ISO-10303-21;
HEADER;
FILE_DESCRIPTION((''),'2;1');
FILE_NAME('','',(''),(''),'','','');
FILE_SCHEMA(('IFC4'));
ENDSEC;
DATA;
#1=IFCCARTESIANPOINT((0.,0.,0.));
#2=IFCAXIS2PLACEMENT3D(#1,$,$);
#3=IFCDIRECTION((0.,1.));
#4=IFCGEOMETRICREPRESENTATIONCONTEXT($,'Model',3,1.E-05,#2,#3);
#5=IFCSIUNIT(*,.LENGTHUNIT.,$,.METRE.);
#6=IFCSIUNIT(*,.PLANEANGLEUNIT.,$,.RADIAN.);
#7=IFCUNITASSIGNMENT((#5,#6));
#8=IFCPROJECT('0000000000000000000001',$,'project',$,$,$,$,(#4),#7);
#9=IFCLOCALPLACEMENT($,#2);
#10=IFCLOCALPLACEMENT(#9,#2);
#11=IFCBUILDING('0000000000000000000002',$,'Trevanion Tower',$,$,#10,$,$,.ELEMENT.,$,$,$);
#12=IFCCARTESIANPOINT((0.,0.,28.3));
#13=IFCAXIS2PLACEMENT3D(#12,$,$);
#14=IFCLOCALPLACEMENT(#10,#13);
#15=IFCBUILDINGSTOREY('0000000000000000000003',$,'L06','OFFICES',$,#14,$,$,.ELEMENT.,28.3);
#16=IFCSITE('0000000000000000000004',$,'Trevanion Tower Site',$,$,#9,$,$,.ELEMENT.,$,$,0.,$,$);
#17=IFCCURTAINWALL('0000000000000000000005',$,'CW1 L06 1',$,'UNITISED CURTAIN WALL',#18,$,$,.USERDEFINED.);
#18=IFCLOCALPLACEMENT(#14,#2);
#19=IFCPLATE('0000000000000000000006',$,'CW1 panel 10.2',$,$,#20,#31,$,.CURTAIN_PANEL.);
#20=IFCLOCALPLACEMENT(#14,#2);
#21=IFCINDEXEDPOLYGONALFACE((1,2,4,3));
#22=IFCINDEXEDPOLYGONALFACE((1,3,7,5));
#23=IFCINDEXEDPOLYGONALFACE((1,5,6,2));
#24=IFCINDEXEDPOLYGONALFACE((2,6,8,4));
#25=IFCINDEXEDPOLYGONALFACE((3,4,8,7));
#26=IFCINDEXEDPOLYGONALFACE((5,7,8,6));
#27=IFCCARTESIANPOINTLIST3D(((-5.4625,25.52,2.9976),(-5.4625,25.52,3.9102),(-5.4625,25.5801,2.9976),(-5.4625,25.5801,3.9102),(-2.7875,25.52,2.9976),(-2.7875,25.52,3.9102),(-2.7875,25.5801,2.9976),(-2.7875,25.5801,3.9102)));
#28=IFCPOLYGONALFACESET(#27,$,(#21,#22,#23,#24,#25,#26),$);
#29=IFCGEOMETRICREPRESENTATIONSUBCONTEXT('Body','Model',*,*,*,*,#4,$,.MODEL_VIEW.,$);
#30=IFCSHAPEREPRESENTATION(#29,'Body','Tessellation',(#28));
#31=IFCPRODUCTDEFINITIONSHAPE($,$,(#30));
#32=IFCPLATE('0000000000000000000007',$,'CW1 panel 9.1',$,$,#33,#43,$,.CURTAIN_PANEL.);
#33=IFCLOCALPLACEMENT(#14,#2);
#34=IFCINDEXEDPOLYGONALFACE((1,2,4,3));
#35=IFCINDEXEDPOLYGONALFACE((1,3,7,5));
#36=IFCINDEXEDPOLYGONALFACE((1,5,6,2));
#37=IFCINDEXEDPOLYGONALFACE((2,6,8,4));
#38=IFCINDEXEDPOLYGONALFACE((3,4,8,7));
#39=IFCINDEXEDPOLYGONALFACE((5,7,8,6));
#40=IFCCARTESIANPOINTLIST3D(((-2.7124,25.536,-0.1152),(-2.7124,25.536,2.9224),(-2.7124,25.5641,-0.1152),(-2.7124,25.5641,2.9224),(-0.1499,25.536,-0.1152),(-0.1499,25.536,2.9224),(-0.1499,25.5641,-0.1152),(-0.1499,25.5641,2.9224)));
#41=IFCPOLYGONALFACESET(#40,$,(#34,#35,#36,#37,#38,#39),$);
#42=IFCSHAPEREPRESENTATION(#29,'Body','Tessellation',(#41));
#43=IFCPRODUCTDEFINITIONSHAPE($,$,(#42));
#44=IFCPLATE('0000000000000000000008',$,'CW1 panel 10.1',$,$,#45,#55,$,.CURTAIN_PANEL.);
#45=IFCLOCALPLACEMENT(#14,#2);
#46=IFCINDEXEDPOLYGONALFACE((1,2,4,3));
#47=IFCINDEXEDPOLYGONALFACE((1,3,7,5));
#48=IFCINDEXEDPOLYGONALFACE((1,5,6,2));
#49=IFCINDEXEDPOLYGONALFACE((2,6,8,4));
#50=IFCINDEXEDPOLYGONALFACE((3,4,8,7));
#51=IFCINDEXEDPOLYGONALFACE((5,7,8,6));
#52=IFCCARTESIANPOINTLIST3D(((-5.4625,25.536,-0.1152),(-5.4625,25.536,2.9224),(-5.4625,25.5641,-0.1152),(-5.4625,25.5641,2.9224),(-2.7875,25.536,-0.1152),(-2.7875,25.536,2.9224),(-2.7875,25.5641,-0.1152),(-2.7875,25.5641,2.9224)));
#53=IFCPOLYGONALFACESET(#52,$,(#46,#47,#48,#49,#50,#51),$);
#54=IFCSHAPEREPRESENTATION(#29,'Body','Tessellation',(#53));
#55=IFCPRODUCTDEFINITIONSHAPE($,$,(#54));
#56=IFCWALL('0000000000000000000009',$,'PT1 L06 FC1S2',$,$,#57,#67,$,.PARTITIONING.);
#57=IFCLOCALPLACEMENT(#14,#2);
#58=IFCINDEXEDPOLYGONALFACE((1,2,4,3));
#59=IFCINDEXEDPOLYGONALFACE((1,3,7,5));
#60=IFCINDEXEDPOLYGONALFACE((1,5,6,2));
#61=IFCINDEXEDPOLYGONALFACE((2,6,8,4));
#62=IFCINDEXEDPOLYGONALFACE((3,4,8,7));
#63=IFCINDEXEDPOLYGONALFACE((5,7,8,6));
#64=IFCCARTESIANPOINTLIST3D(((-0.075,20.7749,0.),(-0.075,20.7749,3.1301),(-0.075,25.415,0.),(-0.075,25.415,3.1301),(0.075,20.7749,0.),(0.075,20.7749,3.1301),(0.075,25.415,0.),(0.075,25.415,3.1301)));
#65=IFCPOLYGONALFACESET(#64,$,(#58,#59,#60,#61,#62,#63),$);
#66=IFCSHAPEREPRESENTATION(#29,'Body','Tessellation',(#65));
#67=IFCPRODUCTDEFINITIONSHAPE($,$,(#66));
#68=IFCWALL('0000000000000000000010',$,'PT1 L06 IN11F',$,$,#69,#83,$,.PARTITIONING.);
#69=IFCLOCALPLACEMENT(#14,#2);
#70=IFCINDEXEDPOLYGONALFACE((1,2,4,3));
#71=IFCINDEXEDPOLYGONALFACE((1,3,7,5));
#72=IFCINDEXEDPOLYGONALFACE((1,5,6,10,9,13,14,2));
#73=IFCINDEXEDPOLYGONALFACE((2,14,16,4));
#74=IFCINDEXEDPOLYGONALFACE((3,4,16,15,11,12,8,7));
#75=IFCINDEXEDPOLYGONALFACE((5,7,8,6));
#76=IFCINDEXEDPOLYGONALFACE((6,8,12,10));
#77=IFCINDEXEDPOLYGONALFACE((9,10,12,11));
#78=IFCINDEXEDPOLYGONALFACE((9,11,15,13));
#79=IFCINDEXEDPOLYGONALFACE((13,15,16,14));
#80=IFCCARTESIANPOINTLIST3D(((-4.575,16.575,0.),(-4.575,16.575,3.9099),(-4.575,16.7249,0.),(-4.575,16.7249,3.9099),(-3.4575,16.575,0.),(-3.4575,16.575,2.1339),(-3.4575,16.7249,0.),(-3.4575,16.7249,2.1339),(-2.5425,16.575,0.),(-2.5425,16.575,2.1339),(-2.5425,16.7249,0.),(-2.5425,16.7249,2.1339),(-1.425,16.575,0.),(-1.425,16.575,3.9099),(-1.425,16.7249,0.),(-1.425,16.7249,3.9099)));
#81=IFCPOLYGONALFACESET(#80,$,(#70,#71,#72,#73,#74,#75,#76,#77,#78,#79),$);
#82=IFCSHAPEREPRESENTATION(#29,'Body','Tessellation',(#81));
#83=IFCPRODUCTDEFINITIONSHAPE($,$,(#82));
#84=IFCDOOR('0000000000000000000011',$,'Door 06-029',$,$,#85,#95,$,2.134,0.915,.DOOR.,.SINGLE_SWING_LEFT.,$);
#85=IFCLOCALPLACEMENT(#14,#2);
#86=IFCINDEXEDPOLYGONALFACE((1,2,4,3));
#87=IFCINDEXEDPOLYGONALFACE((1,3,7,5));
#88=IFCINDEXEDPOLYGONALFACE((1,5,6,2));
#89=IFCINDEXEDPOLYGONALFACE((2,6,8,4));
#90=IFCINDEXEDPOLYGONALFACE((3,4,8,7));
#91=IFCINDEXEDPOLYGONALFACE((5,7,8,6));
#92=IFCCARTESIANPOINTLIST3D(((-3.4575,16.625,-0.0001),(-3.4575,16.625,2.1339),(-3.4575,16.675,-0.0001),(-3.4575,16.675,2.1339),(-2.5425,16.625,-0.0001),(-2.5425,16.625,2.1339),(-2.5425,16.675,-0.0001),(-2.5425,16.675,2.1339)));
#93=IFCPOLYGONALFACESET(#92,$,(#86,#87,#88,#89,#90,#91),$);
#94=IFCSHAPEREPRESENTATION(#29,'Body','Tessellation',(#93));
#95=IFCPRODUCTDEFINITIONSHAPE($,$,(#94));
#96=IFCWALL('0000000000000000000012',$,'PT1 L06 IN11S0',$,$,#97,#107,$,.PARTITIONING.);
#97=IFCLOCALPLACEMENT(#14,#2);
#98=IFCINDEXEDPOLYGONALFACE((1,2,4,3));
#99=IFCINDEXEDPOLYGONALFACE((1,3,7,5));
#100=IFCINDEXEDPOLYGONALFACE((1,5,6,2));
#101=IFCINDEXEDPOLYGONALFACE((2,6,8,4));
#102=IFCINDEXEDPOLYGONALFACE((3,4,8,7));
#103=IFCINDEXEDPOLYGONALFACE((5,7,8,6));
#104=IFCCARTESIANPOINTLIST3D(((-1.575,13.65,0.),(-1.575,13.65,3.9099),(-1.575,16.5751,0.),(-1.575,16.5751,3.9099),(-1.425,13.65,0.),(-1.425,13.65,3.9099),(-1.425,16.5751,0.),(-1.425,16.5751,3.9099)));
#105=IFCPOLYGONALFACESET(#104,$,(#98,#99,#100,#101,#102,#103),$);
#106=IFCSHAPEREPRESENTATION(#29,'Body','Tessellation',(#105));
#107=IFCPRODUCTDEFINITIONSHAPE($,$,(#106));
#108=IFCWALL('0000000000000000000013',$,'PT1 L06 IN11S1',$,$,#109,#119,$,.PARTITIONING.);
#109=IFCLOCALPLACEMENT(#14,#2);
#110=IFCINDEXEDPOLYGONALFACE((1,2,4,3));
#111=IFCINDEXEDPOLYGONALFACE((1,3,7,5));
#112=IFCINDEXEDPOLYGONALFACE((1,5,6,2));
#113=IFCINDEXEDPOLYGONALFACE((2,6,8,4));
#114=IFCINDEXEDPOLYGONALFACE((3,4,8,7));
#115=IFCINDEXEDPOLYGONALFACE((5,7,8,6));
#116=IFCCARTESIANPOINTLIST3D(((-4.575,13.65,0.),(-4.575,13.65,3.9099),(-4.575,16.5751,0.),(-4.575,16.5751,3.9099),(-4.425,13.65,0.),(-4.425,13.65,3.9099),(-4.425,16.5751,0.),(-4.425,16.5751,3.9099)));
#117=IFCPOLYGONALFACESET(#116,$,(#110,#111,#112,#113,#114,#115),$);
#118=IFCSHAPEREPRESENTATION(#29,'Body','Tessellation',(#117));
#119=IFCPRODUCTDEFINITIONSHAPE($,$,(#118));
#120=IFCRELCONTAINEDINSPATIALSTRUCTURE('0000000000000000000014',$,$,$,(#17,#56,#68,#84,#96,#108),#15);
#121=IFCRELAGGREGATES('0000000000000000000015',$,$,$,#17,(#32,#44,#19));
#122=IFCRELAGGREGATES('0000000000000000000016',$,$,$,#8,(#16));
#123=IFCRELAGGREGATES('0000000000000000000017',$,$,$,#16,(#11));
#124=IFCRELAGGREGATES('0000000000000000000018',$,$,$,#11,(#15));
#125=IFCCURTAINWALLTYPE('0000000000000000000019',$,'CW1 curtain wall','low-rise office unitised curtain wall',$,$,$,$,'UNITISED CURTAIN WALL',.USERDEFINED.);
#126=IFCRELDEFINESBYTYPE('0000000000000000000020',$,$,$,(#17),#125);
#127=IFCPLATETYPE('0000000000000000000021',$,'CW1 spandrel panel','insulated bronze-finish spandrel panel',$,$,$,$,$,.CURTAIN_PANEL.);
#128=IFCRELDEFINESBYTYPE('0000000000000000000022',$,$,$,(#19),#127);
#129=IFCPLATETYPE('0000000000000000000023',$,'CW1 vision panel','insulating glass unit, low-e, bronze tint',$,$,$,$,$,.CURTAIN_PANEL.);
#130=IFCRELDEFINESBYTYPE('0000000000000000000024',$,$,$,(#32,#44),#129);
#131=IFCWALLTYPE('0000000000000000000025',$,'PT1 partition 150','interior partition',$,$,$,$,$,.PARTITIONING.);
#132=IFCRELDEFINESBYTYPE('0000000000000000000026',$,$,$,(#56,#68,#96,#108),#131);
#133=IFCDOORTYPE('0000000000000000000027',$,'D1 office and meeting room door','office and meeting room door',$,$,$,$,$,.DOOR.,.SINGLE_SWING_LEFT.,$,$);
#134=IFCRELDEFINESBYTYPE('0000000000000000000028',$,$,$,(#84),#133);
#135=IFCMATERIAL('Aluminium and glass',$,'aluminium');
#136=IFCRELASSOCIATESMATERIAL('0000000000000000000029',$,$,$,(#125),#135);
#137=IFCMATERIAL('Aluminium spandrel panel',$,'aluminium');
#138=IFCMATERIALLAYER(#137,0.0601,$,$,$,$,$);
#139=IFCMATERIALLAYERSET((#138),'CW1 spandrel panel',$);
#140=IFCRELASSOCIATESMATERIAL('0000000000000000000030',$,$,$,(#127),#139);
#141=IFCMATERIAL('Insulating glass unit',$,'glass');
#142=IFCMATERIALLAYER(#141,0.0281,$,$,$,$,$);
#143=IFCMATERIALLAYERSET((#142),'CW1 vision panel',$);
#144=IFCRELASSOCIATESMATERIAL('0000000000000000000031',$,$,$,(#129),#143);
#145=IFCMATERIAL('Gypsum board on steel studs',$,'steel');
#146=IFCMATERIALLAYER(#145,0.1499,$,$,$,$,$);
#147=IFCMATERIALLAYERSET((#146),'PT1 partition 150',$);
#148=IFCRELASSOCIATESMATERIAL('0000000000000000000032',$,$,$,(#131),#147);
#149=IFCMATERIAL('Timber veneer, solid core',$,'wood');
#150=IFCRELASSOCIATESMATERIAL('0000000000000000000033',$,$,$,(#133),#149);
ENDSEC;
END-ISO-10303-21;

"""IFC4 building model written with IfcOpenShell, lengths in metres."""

from ifc_helpers import new_model, si_unit, direction, frame, frame_2d, origin, origin_2d, place, context, subcontext, project, spatial, rectangle, extrude, material, layer, layer_set, type_object, element, fill, aggregate, save


model = new_model("IFC4")

# Units and contexts
model_context = context("Model", 3, precision=1e-05, world=origin(), true_north=direction((0.0, 1.0)))
body_context = subcontext(model_context, "Body", "Model", "MODEL_VIEW")
ifc_project = project(units=[si_unit("LENGTHUNIT", "METRE"), si_unit("PLANEANGLEUNIT", "RADIAN")], contexts=[model_context])

# Site, building, storey
site_placement = place(None, origin())
site = spatial("IfcSite", under=ifc_project, at=site_placement, Name="Trevanion Tower Site", CompositionType="ELEMENT", RefElevation=0.0)
building_placement = place(site_placement, origin())
building = spatial("IfcBuilding", under=site, at=building_placement, Name="Trevanion Tower", CompositionType="ELEMENT")
storey_placement = place(building_placement, frame((0.0, 0.0, 28.3)))
storey = spatial("IfcBuildingStorey", under=building, at=storey_placement, Name="L06", Description="OFFICES", CompositionType="ELEMENT", Elevation=28.3)

# Curtain wall
ifc_material_1 = material(Name="Aluminium and glass", Category="aluminium")
curtain_wall_type = type_object("IfcCurtainWallType", Name="CW1 curtain wall", Description="low-rise office unitised curtain wall", ElementType="UNITISED CURTAIN WALL", PredefinedType="USERDEFINED", material=ifc_material_1)
curtain_wall_placement = place(storey_placement, origin())
curtain_wall = element("IfcCurtainWall", 1, at=curtain_wall_placement, inside=storey, type_object=curtain_wall_type, Name="CW1 L06 1", ObjectType="UNITISED CURTAIN WALL", PredefinedType="USERDEFINED")

# Plates
ifc_material_2 = material(Name="Aluminium spandrel panel", Category="aluminium")
ifc_layer_1 = layer(ifc_material_2, 0.0601)
ifc_layer_set_1 = layer_set([ifc_layer_1], Name="CW1 spandrel panel")
plate_type_1 = type_object("IfcPlateType", Name="CW1 spandrel panel", Description="insulated bronze-finish spandrel panel", PredefinedType="CURTAIN_PANEL", material=ifc_layer_set_1)
plate_1_placement = place(storey_placement, frame((-4.125, 25.55, 2.9976), z_axis=(0.0, 0.0, 1.0), x_axis=(-1.0, 0.0, 0.0)))
plate_1 = element("IfcPlate", 2, at=plate_1_placement, type_object=plate_type_1, Name="CW1 panel 10.2", PredefinedType="CURTAIN_PANEL", context=body_context, shape_type="SweptSolid", body=[
    extrude(rectangle(XDim=2.675, YDim=0.0601, at=origin_2d()), origin(), (0.0, 0.0, 1.0), 0.9126),
])
ifc_material_3 = material(Name="Insulating glass unit", Category="glass")
ifc_layer_2 = layer(ifc_material_3, 0.0281)
ifc_layer_set_2 = layer_set([ifc_layer_2], Name="CW1 vision panel")
plate_type_2 = type_object("IfcPlateType", Name="CW1 vision panel", Description="insulating glass unit, low-e, bronze tint", PredefinedType="CURTAIN_PANEL", material=ifc_layer_set_2)
plate_2_placement = place(storey_placement, frame((-1.4312, 25.55, -0.1152), z_axis=(0.0, 0.0, 1.0), x_axis=(-1.0, 0.0, 0.0)))
plate_2 = element("IfcPlate", 3, at=plate_2_placement, type_object=plate_type_2, Name="CW1 panel 9.1", PredefinedType="CURTAIN_PANEL", context=body_context, shape_type="SweptSolid", body=[
    extrude(rectangle(XDim=2.5625, YDim=0.0281, at=origin_2d()), origin(), (0.0, 0.0, 1.0), 3.0376),
])
plate_3_placement = place(storey_placement, frame((-4.125, 25.55, -0.1152), z_axis=(0.0, 0.0, 1.0), x_axis=(-1.0, 0.0, 0.0)))
plate_3 = element("IfcPlate", 4, at=plate_3_placement, type_object=plate_type_2, Name="CW1 panel 10.1", PredefinedType="CURTAIN_PANEL", context=body_context, shape_type="SweptSolid", body=[
    extrude(rectangle(XDim=2.675, YDim=0.0281, at=origin_2d()), origin(), (0.0, 0.0, 1.0), 3.0376),
])
aggregate(curtain_wall, [plate_2, plate_3, plate_1])

# Wall
ifc_material_4 = material(Name="Gypsum board on steel studs", Category="steel")
ifc_layer_3 = layer(ifc_material_4, 0.1499)
ifc_layer_set_3 = layer_set([ifc_layer_3], Name="PT1 partition 150")
wall_type = type_object("IfcWallType", Name="PT1 partition 150", Description="interior partition", PredefinedType="PARTITIONING", material=ifc_layer_set_3)
wall_1_placement = place(storey_placement, frame((0.0, 20.7749, 0.0), z_axis=(0.0, 0.0, 1.0), x_axis=(0.0, 1.0, 0.0)))
element("IfcWall", 5, at=wall_1_placement, inside=storey, type_object=wall_type, Name="PT1 L06 FC1S2", PredefinedType="PARTITIONING", context=body_context, shape_type="SweptSolid", body=[
    extrude(rectangle(XDim=4.6401, YDim=0.1499, at=frame_2d((2.3201, 0.0))), origin(), (0.0, 0.0, 1.0), 3.1301),
])

# Wall, opening, door
wall_2_placement = place(storey_placement, frame((-1.425, 16.6499, 0.0), z_axis=(0.0, 0.0, 1.0), x_axis=(-1.0, 0.0, 0.0)))
wall_2 = element("IfcWall", 6, at=wall_2_placement, inside=storey, type_object=wall_type, Name="PT1 L06 IN11F", PredefinedType="PARTITIONING", context=body_context, shape_type="SweptSolid", body=[
    extrude(rectangle(XDim=3.1499, YDim=0.1499, at=frame_2d((1.575, 0.0))), origin(), (0.0, 0.0, 1.0), 3.9099),
])
opening_placement = place(wall_2_placement, frame((1.1174, 0.0, 0.0)))
opening = element("IfcOpeningElement", 7, at=opening_placement, cuts=wall_2, PredefinedType="OPENING", context=body_context, shape_type="SweptSolid", body=[
    extrude(rectangle(XDim=0.915, YDim=2.134, at=frame_2d((0.4575, 1.0669))), frame((0.0, 0.085, 0.0), z_axis=(0.0, -1.0, 0.0), x_axis=(1.0, 0.0, 0.0)), (0.0, 0.0, 1.0), 0.1699),
])
ifc_material_5 = material(Name="Timber veneer, solid core", Category="wood")
door_type = type_object("IfcDoorType", Name="D1 office and meeting room door", Description="office and meeting room door", OperationType="SINGLE_SWING_LEFT", PredefinedType="DOOR", material=ifc_material_5)
door_placement = place(opening_placement, origin())
door = element("IfcDoor", 8, at=door_placement, inside=storey, type_object=door_type, Name="Door 06-029", OperationType="SINGLE_SWING_LEFT", OverallHeight=2.134, OverallWidth=0.915, PredefinedType="DOOR", context=body_context, shape_type="SweptSolid", body=[
    extrude(rectangle(XDim=0.915, YDim=2.134, at=frame_2d((0.4575, 1.0669))), frame((0.0, 0.0249, 0.0), z_axis=(0.0, -1.0, 0.0), x_axis=(1.0, 0.0, 0.0)), (0.0, 0.0, 1.0), 0.05),
])
fill(opening, door)

# Walls
for number, where, z_axis, x_axis, name in (
    (9, (-1.5, 16.575, 0.0), (0.0, 0.0, 1.0), (0.0, -1.0, 0.0), "PT1 L06 IN11S0"),
    (10, (-4.5, 16.575, 0.0), (0.0, 0.0, 1.0), (0.0, -1.0, 0.0), "PT1 L06 IN11S1"),
):
    element("IfcWall", number, at=place(storey_placement, frame(where, z_axis=z_axis, x_axis=x_axis)), inside=storey, type_object=wall_type, Name=name, PredefinedType="PARTITIONING", context=body_context, shape_type="SweptSolid", body=[
        extrude(rectangle(XDim=2.925, YDim=0.1499, at=frame_2d((1.4624, 0.0))), origin(), (0.0, 0.0, 1.0), 3.9099),
    ])

save(model, "model.ifc")
